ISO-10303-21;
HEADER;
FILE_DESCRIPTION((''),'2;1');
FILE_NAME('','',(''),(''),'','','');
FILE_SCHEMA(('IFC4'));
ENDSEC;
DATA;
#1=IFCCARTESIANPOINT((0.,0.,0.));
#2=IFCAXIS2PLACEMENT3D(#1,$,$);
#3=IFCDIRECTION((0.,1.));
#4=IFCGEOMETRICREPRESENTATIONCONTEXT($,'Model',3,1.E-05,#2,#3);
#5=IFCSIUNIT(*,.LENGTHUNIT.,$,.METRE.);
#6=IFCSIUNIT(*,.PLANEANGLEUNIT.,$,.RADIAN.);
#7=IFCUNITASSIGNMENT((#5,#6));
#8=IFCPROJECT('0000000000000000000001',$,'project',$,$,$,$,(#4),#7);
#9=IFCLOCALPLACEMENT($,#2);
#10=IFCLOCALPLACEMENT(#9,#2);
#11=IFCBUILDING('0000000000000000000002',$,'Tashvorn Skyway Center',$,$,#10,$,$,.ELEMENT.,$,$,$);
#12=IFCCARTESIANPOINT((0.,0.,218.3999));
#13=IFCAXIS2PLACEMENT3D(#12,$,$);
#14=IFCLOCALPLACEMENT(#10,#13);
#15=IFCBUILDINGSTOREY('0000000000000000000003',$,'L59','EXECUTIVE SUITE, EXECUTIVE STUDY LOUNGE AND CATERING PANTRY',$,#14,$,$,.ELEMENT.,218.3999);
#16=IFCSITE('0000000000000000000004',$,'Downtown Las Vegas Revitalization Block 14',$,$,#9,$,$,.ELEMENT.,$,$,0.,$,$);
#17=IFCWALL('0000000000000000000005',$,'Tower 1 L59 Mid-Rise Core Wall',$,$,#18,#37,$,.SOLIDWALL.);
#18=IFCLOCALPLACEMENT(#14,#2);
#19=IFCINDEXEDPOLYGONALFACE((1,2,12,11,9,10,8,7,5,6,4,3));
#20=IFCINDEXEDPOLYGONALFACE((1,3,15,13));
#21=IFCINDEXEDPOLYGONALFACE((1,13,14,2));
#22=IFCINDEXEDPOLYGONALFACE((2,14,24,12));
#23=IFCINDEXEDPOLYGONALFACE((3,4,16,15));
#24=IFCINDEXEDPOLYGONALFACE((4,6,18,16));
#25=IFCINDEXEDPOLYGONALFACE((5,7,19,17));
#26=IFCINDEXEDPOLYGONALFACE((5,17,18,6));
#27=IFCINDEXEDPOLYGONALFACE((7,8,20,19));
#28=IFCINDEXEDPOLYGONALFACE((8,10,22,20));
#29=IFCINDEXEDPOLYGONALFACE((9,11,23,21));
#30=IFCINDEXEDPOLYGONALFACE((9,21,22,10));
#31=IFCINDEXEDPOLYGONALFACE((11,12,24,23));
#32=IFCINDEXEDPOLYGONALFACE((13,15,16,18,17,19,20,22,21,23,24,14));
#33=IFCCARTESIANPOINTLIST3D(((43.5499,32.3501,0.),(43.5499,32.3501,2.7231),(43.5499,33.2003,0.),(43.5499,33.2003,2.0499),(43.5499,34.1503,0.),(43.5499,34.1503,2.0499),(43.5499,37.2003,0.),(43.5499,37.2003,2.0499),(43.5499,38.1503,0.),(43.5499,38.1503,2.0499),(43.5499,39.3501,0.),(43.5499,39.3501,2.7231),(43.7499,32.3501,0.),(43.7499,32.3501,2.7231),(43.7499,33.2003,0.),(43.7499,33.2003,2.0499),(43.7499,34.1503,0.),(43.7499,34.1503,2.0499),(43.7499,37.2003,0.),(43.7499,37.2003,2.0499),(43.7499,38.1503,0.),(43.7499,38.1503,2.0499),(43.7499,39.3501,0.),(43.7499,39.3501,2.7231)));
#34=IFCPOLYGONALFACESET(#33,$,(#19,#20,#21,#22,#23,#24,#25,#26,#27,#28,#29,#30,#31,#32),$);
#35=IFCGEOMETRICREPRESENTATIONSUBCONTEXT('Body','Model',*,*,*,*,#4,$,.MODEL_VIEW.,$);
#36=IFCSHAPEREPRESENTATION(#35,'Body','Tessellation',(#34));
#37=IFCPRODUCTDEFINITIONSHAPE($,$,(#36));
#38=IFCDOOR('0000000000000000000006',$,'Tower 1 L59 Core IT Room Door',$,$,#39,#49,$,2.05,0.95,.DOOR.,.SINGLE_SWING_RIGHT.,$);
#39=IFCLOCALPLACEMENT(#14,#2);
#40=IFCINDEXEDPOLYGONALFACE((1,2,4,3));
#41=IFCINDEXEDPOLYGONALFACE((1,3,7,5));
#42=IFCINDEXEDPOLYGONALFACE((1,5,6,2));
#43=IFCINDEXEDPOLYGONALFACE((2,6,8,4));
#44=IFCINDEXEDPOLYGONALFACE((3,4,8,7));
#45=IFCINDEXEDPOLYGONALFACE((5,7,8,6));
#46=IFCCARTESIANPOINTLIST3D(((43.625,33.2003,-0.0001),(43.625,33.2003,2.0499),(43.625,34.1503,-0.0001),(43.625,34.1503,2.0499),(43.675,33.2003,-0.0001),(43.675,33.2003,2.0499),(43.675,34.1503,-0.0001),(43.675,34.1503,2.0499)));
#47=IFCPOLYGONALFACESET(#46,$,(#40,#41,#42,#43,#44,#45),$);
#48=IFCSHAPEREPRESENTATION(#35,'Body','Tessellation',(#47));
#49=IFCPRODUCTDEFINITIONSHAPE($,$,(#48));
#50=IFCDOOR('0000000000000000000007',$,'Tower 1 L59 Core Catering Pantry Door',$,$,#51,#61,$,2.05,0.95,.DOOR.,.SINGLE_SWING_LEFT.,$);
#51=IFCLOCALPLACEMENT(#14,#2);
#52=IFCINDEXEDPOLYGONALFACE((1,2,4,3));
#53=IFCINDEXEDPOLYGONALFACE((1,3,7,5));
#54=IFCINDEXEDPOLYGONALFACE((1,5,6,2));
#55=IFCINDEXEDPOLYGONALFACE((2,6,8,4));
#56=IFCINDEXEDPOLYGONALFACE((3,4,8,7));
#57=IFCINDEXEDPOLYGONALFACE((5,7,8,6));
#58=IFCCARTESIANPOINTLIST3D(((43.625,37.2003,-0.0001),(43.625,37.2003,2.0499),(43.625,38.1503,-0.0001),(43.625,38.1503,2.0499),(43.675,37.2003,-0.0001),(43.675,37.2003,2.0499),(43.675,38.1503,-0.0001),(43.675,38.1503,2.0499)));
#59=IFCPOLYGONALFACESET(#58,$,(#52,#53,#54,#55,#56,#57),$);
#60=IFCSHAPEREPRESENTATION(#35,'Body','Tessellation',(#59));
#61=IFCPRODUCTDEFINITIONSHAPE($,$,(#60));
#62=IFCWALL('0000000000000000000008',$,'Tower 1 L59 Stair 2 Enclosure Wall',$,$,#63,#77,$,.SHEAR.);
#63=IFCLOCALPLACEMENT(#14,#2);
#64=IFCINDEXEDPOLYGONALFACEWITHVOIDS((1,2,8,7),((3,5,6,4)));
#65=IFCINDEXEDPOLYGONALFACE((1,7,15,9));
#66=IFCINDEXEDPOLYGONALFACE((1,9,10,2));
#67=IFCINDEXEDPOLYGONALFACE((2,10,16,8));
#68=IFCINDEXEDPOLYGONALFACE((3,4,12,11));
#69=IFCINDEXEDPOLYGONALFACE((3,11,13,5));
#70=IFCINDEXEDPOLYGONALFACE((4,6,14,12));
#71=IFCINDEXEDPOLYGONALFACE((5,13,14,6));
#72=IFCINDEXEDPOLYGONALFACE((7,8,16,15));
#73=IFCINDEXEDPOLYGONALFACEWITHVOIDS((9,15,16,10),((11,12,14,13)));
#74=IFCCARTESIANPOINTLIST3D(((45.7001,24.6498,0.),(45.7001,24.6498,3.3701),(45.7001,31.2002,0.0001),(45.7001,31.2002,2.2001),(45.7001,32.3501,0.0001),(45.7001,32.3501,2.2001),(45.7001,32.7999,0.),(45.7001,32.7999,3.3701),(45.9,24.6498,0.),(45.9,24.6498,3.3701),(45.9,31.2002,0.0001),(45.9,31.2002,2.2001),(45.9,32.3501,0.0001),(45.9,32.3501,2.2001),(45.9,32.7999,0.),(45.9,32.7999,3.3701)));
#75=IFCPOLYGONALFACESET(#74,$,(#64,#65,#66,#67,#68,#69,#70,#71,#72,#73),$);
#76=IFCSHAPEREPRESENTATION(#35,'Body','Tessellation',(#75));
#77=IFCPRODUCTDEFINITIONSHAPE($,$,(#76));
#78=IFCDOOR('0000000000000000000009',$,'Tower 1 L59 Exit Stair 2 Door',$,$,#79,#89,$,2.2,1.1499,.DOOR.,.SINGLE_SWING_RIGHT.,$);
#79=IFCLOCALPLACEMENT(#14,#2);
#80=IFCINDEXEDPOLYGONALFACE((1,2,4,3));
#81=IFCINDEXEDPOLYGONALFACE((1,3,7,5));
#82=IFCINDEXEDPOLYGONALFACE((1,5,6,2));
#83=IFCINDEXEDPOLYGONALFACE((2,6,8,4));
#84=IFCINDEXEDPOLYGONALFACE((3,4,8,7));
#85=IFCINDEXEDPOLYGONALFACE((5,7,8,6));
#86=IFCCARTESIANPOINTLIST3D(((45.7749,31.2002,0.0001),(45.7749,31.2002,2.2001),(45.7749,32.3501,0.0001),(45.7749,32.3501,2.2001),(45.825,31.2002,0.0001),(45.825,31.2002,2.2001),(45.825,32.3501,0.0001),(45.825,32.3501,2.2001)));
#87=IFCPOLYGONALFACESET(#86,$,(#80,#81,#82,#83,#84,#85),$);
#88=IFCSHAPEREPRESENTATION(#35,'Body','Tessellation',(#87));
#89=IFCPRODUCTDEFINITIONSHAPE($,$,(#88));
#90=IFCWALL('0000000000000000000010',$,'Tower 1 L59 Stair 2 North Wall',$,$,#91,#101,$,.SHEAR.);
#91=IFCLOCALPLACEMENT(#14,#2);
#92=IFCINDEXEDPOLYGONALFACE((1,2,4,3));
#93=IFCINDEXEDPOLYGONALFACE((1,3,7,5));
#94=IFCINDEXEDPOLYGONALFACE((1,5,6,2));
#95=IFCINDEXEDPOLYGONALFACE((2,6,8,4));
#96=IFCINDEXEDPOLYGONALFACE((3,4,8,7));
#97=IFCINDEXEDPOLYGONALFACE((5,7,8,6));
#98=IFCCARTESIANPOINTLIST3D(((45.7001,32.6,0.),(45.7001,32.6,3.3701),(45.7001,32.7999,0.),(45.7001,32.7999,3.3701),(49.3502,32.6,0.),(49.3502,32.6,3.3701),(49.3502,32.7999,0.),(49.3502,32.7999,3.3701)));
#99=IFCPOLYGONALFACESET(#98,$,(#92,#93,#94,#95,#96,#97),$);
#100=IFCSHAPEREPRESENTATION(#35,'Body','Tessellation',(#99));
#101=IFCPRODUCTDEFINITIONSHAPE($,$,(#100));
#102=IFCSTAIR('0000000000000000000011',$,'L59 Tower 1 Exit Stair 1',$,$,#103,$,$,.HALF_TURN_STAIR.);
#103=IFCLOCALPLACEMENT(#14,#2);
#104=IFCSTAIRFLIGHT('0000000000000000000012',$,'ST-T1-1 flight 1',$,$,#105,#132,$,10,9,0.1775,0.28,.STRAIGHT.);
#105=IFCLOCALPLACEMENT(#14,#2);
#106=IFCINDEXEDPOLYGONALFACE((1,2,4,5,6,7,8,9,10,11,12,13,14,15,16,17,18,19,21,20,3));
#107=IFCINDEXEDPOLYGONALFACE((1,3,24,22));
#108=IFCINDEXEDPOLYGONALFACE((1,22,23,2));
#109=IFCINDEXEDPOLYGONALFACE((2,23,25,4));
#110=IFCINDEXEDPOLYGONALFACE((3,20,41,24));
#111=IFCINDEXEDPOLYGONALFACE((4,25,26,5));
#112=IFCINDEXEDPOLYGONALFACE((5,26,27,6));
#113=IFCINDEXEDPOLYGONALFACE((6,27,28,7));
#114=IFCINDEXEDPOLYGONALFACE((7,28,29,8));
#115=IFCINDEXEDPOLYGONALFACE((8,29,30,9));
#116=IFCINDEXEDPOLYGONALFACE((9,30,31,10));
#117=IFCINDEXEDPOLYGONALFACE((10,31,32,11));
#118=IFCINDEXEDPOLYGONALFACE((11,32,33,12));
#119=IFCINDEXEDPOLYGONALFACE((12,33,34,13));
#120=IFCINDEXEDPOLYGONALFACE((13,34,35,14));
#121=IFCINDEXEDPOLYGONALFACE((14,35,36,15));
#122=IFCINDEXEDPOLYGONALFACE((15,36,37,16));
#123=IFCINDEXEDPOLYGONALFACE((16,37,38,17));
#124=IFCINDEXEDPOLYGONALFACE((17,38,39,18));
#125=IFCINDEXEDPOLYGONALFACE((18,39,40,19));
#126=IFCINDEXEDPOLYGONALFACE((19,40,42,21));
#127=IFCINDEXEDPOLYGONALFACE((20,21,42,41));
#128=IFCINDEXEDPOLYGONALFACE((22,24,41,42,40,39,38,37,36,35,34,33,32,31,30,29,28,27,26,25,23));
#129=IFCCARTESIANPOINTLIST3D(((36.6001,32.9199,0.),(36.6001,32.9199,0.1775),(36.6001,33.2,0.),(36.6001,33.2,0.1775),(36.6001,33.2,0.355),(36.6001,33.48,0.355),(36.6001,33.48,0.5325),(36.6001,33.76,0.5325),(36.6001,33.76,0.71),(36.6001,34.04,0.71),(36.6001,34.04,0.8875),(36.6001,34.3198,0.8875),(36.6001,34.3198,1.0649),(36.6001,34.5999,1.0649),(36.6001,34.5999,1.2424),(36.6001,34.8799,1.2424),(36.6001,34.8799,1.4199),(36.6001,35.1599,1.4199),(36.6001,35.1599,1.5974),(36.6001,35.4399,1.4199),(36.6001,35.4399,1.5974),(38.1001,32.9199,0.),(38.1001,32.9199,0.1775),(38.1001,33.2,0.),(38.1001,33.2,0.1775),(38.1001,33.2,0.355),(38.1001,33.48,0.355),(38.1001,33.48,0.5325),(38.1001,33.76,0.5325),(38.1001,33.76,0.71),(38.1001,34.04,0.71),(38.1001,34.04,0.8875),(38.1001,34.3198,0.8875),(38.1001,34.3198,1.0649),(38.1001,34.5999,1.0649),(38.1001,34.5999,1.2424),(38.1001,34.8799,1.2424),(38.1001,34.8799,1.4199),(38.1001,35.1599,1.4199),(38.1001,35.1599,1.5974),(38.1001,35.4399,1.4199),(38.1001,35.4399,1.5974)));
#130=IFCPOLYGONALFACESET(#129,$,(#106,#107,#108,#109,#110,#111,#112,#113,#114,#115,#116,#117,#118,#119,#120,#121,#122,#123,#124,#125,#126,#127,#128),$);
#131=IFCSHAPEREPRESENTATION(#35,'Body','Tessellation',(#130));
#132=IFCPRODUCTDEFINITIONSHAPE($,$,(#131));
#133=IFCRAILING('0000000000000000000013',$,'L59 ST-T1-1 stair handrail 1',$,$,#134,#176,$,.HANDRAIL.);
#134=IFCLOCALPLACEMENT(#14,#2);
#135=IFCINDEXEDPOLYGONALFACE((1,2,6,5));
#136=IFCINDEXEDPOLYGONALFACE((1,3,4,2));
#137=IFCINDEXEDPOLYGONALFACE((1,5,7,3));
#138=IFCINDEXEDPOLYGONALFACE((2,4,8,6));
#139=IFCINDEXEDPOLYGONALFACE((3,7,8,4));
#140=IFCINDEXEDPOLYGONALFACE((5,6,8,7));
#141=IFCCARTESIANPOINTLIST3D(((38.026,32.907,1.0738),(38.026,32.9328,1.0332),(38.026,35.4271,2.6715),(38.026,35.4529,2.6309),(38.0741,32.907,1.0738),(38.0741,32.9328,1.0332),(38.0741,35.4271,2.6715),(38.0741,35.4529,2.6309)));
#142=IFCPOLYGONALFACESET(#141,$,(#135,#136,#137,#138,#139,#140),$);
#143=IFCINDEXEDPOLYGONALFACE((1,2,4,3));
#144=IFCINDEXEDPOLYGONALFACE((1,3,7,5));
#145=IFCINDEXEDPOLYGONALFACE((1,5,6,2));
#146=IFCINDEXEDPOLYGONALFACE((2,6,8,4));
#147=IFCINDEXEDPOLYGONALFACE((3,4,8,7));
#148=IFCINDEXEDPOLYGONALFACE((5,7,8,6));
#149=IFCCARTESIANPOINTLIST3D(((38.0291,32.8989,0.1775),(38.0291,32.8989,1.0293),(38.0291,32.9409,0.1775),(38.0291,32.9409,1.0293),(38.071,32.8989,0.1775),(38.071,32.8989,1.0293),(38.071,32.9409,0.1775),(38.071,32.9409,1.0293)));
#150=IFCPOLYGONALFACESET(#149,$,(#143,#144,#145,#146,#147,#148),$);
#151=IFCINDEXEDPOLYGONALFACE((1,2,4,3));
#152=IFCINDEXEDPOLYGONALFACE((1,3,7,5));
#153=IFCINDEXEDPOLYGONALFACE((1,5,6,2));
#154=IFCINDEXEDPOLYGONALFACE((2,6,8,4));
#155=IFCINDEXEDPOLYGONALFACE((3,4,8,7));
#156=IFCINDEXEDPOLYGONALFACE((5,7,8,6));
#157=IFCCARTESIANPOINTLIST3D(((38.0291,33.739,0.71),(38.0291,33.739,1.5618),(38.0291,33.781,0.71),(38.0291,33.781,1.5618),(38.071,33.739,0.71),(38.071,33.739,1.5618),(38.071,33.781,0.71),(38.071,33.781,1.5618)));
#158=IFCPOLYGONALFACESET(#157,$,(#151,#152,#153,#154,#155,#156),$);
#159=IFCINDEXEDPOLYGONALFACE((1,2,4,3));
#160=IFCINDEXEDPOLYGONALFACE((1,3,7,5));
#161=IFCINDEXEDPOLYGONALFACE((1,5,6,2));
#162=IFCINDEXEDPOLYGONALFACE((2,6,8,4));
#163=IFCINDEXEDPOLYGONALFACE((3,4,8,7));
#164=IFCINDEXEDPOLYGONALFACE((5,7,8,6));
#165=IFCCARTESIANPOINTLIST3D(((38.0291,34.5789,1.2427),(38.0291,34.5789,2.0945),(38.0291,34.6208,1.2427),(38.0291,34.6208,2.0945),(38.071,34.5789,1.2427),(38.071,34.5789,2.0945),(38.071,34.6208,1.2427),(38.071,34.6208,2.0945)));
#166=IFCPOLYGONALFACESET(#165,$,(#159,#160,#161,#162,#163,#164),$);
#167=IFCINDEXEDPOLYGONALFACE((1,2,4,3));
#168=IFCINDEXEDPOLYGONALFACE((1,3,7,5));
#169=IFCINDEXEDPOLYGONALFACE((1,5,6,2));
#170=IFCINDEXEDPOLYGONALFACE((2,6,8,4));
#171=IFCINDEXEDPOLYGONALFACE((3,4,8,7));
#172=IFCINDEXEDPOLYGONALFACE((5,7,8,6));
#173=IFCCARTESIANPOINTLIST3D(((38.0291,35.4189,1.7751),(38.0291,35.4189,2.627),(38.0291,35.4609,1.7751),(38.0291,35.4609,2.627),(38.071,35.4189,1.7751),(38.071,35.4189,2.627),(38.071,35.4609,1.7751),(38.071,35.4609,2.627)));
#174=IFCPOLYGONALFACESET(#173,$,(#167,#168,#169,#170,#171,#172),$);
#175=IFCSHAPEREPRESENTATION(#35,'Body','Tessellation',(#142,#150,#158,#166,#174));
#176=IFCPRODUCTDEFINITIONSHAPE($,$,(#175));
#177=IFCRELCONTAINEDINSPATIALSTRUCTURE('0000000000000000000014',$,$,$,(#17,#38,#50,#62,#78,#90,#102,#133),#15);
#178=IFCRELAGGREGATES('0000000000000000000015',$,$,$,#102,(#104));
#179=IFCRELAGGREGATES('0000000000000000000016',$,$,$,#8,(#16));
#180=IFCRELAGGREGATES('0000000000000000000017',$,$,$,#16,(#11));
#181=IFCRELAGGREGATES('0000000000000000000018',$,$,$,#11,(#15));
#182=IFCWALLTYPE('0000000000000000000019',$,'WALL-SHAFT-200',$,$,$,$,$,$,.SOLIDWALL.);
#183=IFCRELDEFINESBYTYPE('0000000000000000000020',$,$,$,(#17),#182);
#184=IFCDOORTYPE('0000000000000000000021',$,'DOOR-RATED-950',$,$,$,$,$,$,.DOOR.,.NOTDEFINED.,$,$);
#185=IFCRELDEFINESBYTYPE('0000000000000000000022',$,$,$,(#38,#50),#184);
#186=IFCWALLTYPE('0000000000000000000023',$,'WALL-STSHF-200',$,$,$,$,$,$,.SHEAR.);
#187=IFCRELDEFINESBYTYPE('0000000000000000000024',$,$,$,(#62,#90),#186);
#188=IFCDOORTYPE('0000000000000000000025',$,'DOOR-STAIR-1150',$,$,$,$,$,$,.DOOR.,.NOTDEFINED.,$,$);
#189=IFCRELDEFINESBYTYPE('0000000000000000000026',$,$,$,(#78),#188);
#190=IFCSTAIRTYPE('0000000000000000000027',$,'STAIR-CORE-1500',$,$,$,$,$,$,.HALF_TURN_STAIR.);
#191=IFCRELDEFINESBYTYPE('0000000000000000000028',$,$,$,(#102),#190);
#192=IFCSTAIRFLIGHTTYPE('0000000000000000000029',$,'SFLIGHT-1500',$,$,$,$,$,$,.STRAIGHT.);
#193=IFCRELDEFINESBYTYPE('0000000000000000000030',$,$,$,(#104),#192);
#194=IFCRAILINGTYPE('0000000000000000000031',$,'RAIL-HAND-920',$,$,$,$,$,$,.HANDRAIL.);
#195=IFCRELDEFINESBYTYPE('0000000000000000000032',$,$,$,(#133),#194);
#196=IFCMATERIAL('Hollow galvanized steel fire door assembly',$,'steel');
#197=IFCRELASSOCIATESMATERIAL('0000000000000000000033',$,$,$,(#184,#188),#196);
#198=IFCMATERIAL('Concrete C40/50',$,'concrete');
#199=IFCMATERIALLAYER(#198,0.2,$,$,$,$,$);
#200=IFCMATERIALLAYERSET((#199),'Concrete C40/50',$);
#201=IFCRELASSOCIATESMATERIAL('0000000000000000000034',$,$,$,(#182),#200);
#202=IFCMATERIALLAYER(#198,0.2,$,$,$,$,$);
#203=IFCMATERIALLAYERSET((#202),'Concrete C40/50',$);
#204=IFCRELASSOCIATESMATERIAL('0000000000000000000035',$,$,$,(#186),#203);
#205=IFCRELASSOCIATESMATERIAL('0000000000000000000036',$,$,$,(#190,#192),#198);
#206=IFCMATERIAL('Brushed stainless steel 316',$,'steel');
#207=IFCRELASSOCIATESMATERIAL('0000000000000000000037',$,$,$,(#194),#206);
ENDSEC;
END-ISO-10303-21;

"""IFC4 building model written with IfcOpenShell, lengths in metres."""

from ifc_helpers import new_model, si_unit, direction, frame, frame_2d, origin, origin_2d, place, context, subcontext, project, spatial, polyline, rectangle, outline, extrude, material, layer, layer_set, type_object, element, fill, aggregate, save


model = new_model("IFC4")

# Units and contexts
model_context = context("Model", 3, precision=1e-05, world=origin(), true_north=direction((0.0, 1.0)))
body_context = subcontext(model_context, "Body", "Model", "MODEL_VIEW")
ifc_project = project(units=[si_unit("LENGTHUNIT", "METRE"), si_unit("PLANEANGLEUNIT", "RADIAN")], contexts=[model_context])

# Site, building, storey
site_placement = place(None, origin())
site = spatial("IfcSite", under=ifc_project, at=site_placement, Name="Downtown Las Vegas Revitalization Block 14", CompositionType="ELEMENT", RefElevation=0.0)
building_placement = place(site_placement, origin())
building = spatial("IfcBuilding", under=site, at=building_placement, Name="Tashvorn Skyway Center", CompositionType="ELEMENT")
storey_placement = place(building_placement, frame((0.0, 0.0, 218.3999)))
storey = spatial("IfcBuildingStorey", under=building, at=storey_placement, Name="L59", Description="EXECUTIVE SUITE, EXECUTIVE STUDY LOUNGE AND CATERING PANTRY", CompositionType="ELEMENT", Elevation=218.3999)

# Shared definitions
ifc_material_1 = material(Name="Concrete C40/50", Category="concrete")
ifc_material_2 = material(Name="Hollow galvanized steel fire door assembly", Category="steel")
door_type_1 = type_object("IfcDoorType", Name="DOOR-RATED-950", OperationType="NOTDEFINED", PredefinedType="DOOR", material=ifc_material_2)

# Shared definitions
ifc_layer_1 = layer(ifc_material_1, 0.2)
ifc_layer_set_1 = layer_set([ifc_layer_1], Name="Concrete C40/50")
wall_type_1 = type_object("IfcWallType", Name="WALL-SHAFT-200", PredefinedType="SOLIDWALL", material=ifc_layer_set_1)

# Wall, openings, doors
wall_1_placement = place(storey_placement, frame((43.6499, 32.3501, 0.0), z_axis=(0.0, 0.0, 1.0), x_axis=(0.0, 1.0, 0.0)))
wall_1 = element("IfcWall", 1, at=wall_1_placement, inside=storey, type_object=wall_type_1, Name="Tower 1 L59 Mid-Rise Core Wall", PredefinedType="SOLIDWALL", context=body_context, shape_type="SweptSolid", body=[
    extrude(rectangle(XDim=7.0, YDim=0.2, at=frame_2d((3.5, 0.0))), origin(), (0.0, 0.0, 1.0), 2.7231),
])
opening_1_placement = place(wall_1_placement, frame((0.8501, 0.0, 0.0)))
opening_1 = element("IfcOpeningElement", 2, at=opening_1_placement, cuts=wall_1, PredefinedType="OPENING", context=body_context, shape_type="SweptSolid", body=[
    extrude(rectangle(XDim=0.95, YDim=2.05, at=frame_2d((0.4751, 1.0249))), frame((0.0, 0.1099, 0.0), z_axis=(0.0, -1.0, 0.0), x_axis=(1.0, 0.0, 0.0)), (0.0, 0.0, 1.0), 0.22),
])
opening_2_placement = place(wall_1_placement, frame((4.8501, 0.0, 0.0)))
opening_2 = element("IfcOpeningElement", 3, at=opening_2_placement, cuts=wall_1, PredefinedType="OPENING", context=body_context, shape_type="SweptSolid", body=[
    extrude(rectangle(XDim=0.95, YDim=2.05, at=frame_2d((0.4751, 1.0249))), frame((0.0, 0.1099, 0.0), z_axis=(0.0, -1.0, 0.0), x_axis=(1.0, 0.0, 0.0)), (0.0, 0.0, 1.0), 0.22),
])
door_1_placement = place(opening_1_placement, origin())
door_1 = element("IfcDoor", 4, at=door_1_placement, inside=storey, type_object=door_type_1, Name="Tower 1 L59 Core IT Room Door", OperationType="SINGLE_SWING_RIGHT", OverallHeight=2.05, OverallWidth=0.95, PredefinedType="DOOR", context=body_context, shape_type="SweptSolid", body=[
    extrude(rectangle(XDim=0.95, YDim=2.05, at=frame_2d((0.4751, 1.0249))), frame((0.0, 0.0249, 0.0), z_axis=(0.0, -1.0, 0.0), x_axis=(1.0, 0.0, 0.0)), (0.0, 0.0, 1.0), 0.05),
])
fill(opening_1, door_1)
door_2_placement = place(opening_2_placement, origin())
door_2 = element("IfcDoor", 5, at=door_2_placement, inside=storey, type_object=door_type_1, Name="Tower 1 L59 Core Catering Pantry Door", OperationType="SINGLE_SWING_LEFT", OverallHeight=2.05, OverallWidth=0.95, PredefinedType="DOOR", context=body_context, shape_type="SweptSolid", body=[
    extrude(rectangle(XDim=0.95, YDim=2.05, at=frame_2d((0.4751, 1.0249))), frame((0.0, 0.0249, 0.0), z_axis=(0.0, -1.0, 0.0), x_axis=(1.0, 0.0, 0.0)), (0.0, 0.0, 1.0), 0.05),
])
fill(opening_2, door_2)

# Wall, opening, door
ifc_layer_2 = layer(ifc_material_1, 0.2)
ifc_layer_set_2 = layer_set([ifc_layer_2], Name="Concrete C40/50")
wall_type_2 = type_object("IfcWallType", Name="WALL-STSHF-200", PredefinedType="SHEAR", material=ifc_layer_set_2)
wall_2_placement = place(storey_placement, frame((45.8, 32.8, 0.0), z_axis=(0.0, 0.0, 1.0), x_axis=(0.0, -1.0, 0.0)))
wall_2 = element("IfcWall", 6, at=wall_2_placement, inside=storey, type_object=wall_type_2, Name="Tower 1 L59 Stair 2 Enclosure Wall", PredefinedType="SHEAR", context=body_context, shape_type="SweptSolid", body=[
    extrude(rectangle(XDim=8.1501, YDim=0.2, at=frame_2d((4.0752, 0.0))), origin(), (0.0, 0.0, 1.0), 3.3701),
])
opening_3_placement = place(wall_2_placement, frame((0.45, 0.0, 0.0)))
opening_3 = element("IfcOpeningElement", 7, at=opening_3_placement, cuts=wall_2, PredefinedType="OPENING", context=body_context, shape_type="SweptSolid", body=[
    extrude(rectangle(XDim=1.1499, YDim=2.2, at=frame_2d((0.575, 1.1001))), frame((0.0, 0.1099, 0.0), z_axis=(0.0, -1.0, 0.0), x_axis=(1.0, 0.0, 0.0)), (0.0, 0.0, 1.0), 0.22),
])
door_type_2 = type_object("IfcDoorType", Name="DOOR-STAIR-1150", OperationType="NOTDEFINED", PredefinedType="DOOR", material=ifc_material_2)
door_3_placement = place(opening_3_placement, origin())
door_3 = element("IfcDoor", 8, at=door_3_placement, inside=storey, type_object=door_type_2, Name="Tower 1 L59 Exit Stair 2 Door", OperationType="SINGLE_SWING_RIGHT", OverallHeight=2.2, OverallWidth=1.1499, PredefinedType="DOOR", context=body_context, shape_type="SweptSolid", body=[
    extrude(rectangle(XDim=1.1499, YDim=2.2, at=frame_2d((0.575, 1.1001))), frame((0.0, 0.0249, 0.0), z_axis=(0.0, -1.0, 0.0), x_axis=(1.0, 0.0, 0.0)), (0.0, 0.0, 1.0), 0.05),
])
fill(opening_3, door_3)

# Wall
wall_3_placement = place(storey_placement, frame((45.7, 32.7, 0.0), z_axis=(0.0, 0.0, 1.0), x_axis=(1.0, 0.0, 0.0)))
element("IfcWall", 9, at=wall_3_placement, inside=storey, type_object=wall_type_2, Name="Tower 1 L59 Stair 2 North Wall", PredefinedType="SHEAR", context=body_context, shape_type="SweptSolid", body=[
    extrude(rectangle(XDim=3.6501, YDim=0.2, at=frame_2d((1.8252, 0.0))), origin(), (0.0, 0.0, 1.0), 3.3701),
])

# Stair, stair flight
stair_type = type_object("IfcStairType", Name="STAIR-CORE-1500", PredefinedType="HALF_TURN_STAIR", material=ifc_material_1)
stair_placement = place(storey_placement, origin())
stair = element("IfcStair", 10, at=stair_placement, inside=storey, type_object=stair_type, Name="L59 Tower 1 Exit Stair 1", PredefinedType="HALF_TURN_STAIR")
stair_flight_type = type_object("IfcStairFlightType", Name="SFLIGHT-1500", PredefinedType="STRAIGHT", material=ifc_material_1)
stair_flight_placement = place(storey_placement, frame((37.3501, 32.9199, 0.0), z_axis=(0.0, 0.0, 1.0), x_axis=(0.0, 1.0, 0.0)))
stair_flight = element("IfcStairFlight", 11, at=stair_flight_placement, type_object=stair_flight_type, Name="ST-T1-1 flight 1", NumberOfRisers=10, NumberOfTreads=9, PredefinedType="STRAIGHT", RiserHeight=0.1775, TreadLength=0.28, context=body_context, shape_type="SweptSolid", body=[
    extrude(outline(polyline([(0.0, 0.0), (0.0, 0.1775), (0.28, 0.1775), (0.28, 0.355), (0.5601, 0.355), (0.5601, 0.5325), (0.8401, 0.5325), (0.8401, 0.71), (1.1201, 0.71), (1.1201, 0.8875), (1.3999, 0.8875), (1.3999, 1.0649), (1.6799, 1.0649), (1.6799, 1.2424), (1.96, 1.2424), (1.96, 1.4199), (2.24, 1.4199), (2.24, 1.5974), (2.52, 1.5974), (2.52, 1.7749), (2.52, 1.4199), (0.28, 0.0), (0.0, 0.0)])), frame((0.0, 0.75, 0.0), z_axis=(0.0, -1.0, 0.0), x_axis=(1.0, 0.0, 0.0)), (0.0, 0.0, 1.0), 1.5),
])
aggregate(stair, [stair_flight])

# Railing
ifc_material_3 = material(Name="Brushed stainless steel 316", Category="steel")
railing_type_1 = type_object("IfcRailingType", Name="RAIL-HAND-920", PredefinedType="HANDRAIL", material=ifc_material_3)
railing_1_placement = place(storey_placement, frame((38.05, 32.9199, 0.1775)))
element("IfcRailing", 12, at=railing_1_placement, inside=storey, type_object=railing_type_1, Name="L59 ST-T1-1 stair handrail 1", PredefinedType="HANDRAIL", context=body_context, shape_type="SweptSolid", body=[
    extrude(rectangle(XDim=0.0481, YDim=0.0481, at=origin_2d()), frame((0.0, 0.0, 0.876), z_axis=(0.0, 0.84457, 0.535445), x_axis=(-1.0, 0.0, 0.0)), (0.0, 0.0, 1.0), 2.9839),
    extrude(rectangle(XDim=0.042, YDim=0.042, at=origin_2d()), origin(), (0.0, 0.0, 1.0), 0.8518),
    extrude(rectangle(XDim=0.042, YDim=0.042, at=origin_2d()), frame((0.0, 0.8401, 0.5325)), (0.0, 0.0, 1.0), 0.8518),
    extrude(rectangle(XDim=0.042, YDim=0.042, at=origin_2d()), frame((0.0, 1.6799, 1.0652)), (0.0, 0.0, 1.0), 0.8518),
    extrude(rectangle(XDim=0.042, YDim=0.042, at=origin_2d()), frame((0.0, 2.52, 1.5977)), (0.0, 0.0, 1.0), 0.8518),
])

save(model, "model.ifc")
